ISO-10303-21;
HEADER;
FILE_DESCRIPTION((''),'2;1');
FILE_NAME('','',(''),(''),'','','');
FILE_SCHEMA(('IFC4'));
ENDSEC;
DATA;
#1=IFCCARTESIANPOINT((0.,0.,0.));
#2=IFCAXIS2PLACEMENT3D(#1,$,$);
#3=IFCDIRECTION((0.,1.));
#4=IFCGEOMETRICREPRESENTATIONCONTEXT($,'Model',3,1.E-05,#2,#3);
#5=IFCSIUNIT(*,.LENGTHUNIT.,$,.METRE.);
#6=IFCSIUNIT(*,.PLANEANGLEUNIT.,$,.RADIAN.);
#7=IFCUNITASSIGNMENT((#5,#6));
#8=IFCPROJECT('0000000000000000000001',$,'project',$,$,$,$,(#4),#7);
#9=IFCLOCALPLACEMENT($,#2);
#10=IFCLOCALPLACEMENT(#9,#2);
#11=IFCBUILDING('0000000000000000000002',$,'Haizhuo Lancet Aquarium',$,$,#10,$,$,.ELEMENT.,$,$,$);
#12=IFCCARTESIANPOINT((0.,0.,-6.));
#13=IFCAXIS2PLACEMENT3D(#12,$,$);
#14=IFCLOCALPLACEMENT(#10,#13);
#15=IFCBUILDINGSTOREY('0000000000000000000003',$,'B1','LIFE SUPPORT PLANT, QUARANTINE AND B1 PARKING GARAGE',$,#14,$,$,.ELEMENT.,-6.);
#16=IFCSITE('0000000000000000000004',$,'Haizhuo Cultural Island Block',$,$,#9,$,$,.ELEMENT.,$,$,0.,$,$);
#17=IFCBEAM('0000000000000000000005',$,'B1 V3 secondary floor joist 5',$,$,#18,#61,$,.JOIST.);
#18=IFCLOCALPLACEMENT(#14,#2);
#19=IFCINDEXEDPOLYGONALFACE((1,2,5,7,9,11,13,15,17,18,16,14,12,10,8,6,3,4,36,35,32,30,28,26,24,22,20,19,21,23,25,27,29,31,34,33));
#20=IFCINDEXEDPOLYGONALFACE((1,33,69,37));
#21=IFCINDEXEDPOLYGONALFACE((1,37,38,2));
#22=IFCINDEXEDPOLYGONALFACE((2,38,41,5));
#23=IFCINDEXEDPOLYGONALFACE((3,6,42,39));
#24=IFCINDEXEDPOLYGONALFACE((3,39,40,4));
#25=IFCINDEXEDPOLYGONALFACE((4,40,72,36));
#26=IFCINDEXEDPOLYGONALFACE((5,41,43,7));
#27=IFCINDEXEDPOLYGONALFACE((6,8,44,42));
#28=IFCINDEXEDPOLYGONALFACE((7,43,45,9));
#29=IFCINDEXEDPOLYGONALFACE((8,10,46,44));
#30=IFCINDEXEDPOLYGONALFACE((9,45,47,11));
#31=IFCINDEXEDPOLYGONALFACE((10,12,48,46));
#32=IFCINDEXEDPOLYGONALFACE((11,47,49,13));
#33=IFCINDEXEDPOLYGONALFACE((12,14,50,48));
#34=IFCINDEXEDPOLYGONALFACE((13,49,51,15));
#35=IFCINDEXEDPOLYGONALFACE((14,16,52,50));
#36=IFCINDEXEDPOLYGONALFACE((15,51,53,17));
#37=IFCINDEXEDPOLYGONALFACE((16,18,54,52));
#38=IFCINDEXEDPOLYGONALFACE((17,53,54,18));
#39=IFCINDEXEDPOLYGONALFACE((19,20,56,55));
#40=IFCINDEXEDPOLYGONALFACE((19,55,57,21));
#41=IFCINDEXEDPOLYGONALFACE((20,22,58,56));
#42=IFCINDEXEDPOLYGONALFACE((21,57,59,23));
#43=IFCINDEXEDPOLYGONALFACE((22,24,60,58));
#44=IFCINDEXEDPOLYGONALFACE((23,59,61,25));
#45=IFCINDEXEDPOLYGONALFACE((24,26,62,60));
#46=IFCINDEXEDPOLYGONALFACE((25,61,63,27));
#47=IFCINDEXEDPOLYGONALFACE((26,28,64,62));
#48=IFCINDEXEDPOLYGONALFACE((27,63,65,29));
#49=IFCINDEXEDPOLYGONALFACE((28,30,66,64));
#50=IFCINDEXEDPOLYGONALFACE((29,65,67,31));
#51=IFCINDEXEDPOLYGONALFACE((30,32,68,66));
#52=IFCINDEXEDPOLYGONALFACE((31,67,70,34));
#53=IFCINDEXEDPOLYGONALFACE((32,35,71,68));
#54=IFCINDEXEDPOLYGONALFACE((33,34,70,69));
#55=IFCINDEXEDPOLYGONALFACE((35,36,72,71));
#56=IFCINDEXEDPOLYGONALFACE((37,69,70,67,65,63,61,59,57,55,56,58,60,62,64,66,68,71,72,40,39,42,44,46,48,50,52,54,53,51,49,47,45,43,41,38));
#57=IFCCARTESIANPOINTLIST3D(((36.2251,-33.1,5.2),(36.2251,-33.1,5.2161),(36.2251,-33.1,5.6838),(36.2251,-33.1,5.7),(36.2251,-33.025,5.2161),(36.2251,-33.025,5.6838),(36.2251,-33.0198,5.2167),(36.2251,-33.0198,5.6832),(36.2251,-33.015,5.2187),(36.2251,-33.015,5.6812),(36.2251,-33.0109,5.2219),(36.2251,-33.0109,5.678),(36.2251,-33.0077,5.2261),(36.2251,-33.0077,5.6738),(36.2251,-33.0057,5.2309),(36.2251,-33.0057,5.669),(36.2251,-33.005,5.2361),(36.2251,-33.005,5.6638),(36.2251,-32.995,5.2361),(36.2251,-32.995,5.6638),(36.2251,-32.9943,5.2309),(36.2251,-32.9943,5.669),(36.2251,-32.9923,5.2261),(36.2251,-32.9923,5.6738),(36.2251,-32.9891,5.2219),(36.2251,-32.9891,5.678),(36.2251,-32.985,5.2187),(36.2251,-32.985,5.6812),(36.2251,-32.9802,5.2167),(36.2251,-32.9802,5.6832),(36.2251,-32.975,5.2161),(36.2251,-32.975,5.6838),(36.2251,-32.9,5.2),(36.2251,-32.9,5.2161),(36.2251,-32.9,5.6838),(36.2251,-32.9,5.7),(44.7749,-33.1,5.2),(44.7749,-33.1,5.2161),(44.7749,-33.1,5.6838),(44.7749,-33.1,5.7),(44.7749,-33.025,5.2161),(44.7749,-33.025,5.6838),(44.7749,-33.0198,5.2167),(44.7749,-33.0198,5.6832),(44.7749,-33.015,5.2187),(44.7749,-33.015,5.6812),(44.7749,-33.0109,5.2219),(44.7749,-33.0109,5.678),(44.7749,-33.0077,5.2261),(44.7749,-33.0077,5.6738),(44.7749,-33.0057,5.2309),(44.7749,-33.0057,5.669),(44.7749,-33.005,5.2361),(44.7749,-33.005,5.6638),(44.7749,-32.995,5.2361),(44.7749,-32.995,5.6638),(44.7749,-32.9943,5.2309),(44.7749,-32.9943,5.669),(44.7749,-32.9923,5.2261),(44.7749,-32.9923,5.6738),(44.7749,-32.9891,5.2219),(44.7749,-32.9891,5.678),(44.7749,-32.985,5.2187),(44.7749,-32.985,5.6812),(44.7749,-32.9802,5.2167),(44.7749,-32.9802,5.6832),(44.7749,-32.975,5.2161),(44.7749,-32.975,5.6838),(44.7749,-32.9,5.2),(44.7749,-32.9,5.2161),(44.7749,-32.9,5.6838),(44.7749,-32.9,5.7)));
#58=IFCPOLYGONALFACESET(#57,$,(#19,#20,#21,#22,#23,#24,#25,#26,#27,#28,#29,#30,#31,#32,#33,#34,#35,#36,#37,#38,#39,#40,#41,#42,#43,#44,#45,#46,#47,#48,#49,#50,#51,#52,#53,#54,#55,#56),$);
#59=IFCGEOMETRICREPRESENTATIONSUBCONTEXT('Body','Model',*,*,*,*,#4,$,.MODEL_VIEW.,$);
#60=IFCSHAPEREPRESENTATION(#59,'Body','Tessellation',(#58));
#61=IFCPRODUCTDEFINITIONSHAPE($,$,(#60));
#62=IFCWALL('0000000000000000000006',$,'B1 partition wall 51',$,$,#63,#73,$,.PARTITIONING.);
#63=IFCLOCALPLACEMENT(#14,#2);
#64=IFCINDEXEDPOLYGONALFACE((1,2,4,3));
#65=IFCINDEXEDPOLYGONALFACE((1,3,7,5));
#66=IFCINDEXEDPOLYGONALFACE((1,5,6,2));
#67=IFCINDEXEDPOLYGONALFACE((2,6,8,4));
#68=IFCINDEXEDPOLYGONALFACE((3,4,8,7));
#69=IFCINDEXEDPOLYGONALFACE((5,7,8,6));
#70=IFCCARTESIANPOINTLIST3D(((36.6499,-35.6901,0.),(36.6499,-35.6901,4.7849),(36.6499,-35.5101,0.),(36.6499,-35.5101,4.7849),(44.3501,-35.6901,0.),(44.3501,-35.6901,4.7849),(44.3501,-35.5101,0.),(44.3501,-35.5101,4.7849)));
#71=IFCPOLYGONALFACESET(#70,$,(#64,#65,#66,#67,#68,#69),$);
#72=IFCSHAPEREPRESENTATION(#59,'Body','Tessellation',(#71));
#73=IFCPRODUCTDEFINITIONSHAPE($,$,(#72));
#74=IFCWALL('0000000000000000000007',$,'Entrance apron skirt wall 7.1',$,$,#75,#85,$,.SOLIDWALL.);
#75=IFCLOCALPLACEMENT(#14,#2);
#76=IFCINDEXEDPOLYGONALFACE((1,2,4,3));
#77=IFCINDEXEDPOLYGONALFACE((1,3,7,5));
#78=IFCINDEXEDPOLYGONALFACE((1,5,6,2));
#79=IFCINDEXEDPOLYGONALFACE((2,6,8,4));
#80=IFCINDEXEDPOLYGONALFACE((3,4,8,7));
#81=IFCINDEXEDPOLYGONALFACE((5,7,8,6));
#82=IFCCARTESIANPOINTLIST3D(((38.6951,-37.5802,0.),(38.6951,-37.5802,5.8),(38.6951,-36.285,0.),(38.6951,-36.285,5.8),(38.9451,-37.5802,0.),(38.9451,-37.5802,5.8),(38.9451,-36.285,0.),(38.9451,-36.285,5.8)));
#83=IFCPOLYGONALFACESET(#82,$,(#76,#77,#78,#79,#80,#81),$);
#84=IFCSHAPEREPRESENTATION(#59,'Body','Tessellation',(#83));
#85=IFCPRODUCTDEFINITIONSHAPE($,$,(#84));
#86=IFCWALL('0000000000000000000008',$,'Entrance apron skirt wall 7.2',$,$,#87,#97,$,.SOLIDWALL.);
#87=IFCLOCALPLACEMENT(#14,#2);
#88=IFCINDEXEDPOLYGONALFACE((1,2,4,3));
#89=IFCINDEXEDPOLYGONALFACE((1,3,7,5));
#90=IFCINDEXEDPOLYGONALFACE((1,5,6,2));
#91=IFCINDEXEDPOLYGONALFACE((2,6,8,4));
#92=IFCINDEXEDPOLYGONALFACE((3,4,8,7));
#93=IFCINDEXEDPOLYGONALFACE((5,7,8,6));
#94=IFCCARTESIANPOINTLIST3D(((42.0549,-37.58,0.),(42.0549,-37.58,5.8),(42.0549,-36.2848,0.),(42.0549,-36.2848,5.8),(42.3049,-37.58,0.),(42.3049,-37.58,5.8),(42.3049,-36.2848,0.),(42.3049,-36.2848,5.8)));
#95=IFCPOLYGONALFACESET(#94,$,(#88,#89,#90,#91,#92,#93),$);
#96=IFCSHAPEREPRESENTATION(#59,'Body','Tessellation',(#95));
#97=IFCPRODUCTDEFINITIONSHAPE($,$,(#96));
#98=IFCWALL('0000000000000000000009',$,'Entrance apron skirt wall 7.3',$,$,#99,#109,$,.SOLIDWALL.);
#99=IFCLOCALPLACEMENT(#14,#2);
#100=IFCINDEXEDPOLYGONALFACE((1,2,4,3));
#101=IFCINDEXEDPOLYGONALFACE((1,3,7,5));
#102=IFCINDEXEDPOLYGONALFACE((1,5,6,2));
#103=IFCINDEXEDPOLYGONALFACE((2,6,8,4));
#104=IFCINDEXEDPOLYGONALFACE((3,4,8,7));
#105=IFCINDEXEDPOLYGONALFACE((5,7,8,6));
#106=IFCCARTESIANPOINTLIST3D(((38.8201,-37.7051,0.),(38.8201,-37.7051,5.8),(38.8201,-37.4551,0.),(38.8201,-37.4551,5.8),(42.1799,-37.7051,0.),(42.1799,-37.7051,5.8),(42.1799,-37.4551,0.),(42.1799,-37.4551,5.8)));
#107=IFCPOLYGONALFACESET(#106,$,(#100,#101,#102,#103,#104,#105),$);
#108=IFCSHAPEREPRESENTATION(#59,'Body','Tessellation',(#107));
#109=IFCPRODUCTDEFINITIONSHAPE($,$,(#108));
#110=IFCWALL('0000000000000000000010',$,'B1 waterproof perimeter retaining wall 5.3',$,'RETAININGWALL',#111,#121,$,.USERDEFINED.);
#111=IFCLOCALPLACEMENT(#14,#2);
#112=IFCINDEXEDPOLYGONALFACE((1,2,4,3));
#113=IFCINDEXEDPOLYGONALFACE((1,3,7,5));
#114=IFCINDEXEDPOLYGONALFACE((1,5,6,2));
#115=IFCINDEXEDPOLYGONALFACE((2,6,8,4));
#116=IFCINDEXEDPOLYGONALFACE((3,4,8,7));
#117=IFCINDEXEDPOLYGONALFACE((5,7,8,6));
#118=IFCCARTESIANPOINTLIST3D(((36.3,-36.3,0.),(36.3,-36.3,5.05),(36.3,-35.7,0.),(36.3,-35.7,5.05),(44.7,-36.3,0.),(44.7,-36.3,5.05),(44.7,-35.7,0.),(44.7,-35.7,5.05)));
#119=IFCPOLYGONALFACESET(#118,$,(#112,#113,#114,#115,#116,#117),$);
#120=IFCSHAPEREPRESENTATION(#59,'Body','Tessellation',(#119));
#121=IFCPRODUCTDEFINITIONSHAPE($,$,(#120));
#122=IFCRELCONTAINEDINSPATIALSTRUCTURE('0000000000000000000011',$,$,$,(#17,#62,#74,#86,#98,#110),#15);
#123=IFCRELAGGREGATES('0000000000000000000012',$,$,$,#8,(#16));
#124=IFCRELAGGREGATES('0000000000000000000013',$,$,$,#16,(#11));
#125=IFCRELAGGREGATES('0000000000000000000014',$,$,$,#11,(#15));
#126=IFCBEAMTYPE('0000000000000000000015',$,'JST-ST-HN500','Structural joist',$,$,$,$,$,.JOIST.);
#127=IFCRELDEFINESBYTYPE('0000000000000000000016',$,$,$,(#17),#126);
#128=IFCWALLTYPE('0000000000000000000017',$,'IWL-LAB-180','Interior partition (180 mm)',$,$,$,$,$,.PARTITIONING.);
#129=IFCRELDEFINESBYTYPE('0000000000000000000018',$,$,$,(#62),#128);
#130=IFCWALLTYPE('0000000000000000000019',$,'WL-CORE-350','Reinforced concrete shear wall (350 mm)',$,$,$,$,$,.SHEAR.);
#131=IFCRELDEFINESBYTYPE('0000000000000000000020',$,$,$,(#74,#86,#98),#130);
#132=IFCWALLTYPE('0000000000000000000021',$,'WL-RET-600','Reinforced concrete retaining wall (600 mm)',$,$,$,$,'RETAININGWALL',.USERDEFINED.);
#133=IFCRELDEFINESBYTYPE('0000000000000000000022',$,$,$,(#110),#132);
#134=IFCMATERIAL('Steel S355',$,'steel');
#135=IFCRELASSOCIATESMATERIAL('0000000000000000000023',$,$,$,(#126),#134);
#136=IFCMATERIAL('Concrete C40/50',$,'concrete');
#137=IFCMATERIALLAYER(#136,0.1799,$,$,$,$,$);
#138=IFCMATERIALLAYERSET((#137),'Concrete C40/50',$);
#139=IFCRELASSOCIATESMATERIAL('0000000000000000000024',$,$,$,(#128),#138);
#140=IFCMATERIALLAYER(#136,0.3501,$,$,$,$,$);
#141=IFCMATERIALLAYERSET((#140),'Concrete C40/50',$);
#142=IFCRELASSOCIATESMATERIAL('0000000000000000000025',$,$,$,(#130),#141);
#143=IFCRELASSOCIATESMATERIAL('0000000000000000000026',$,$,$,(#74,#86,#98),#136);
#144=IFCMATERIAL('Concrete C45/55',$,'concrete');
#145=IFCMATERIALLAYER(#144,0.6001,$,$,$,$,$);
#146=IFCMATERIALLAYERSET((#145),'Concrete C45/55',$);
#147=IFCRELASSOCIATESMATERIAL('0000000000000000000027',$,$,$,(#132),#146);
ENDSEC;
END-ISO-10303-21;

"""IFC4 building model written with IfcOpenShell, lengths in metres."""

from ifc_helpers import new_model, si_unit, direction, frame, frame_2d, origin, origin_2d, place, context, subcontext, project, spatial, rectangle, i_section, extrude, material, layer, layer_set, material_profile, profile_set, type_object, element, save


model = new_model("IFC4")

# Units and contexts
model_context = context("Model", 3, precision=1e-05, world=origin(), true_north=direction((0.0, 1.0)))
body_context = subcontext(model_context, "Body", "Model", "MODEL_VIEW")
ifc_project = project(units=[si_unit("LENGTHUNIT", "METRE"), si_unit("PLANEANGLEUNIT", "RADIAN")], contexts=[model_context])

# Site, building, storey
site_placement = place(None, origin())
site = spatial("IfcSite", under=ifc_project, at=site_placement, Name="Haizhuo Cultural Island Block", CompositionType="ELEMENT", RefElevation=0.0)
building_placement = place(site_placement, origin())
building = spatial("IfcBuilding", under=site, at=building_placement, Name="Haizhuo Lancet Aquarium", CompositionType="ELEMENT")
storey_placement = place(building_placement, frame((0.0, 0.0, -6.0)))
storey = spatial("IfcBuildingStorey", under=building, at=storey_placement, Name="B1", Description="LIFE SUPPORT PLANT, QUARANTINE AND B1 PARKING GARAGE", CompositionType="ELEMENT", Elevation=-6.0)

# Shared definitions
ifc_material_1 = material(Name="Concrete C40/50", Category="concrete")

# Beam
ifc_material_2 = material(Name="Steel S355", Category="steel")
ifc_material_profile_1 = material_profile(ifc_material_2, i_section(OverallWidth=0.2, OverallDepth=0.5, WebThickness=0.01, FlangeThickness=0.0161, FilletRadius=0.02, at=origin_2d()), Name="HN 500x200x10x16")
ifc_profile_set_1 = profile_set([ifc_material_profile_1], Name="Steel S355")
beam_type_1 = type_object("IfcBeamType", Name="JST-ST-HN500", Description="Structural joist", PredefinedType="JOIST", material=ifc_profile_set_1)
beam_1_placement = place(storey_placement, frame((36.2251, -33.0, 5.45), z_axis=(1.0, 0.0, 0.0), x_axis=(0.0, 1.0, 0.0)))
element("IfcBeam", 1, at=beam_1_placement, inside=storey, type_object=beam_type_1, Name="B1 V3 secondary floor joist 5", PredefinedType="JOIST", context=body_context, shape_type="SweptSolid", body=[
    extrude(i_section(OverallWidth=0.2, OverallDepth=0.5, WebThickness=0.01, FlangeThickness=0.0161, FilletRadius=0.02, at=origin_2d()), origin(), (0.0, 0.0, 1.0), 8.5498),
])

# Walls
ifc_layer_1 = layer(ifc_material_1, 0.1799)
ifc_layer_set_1 = layer_set([ifc_layer_1], Name="Concrete C40/50")
wall_type_1 = type_object("IfcWallType", Name="IWL-LAB-180", Description="Interior partition (180 mm)", PredefinedType="PARTITIONING", material=ifc_layer_set_1)
wall_1_placement = place(storey_placement, frame((36.6499, -35.6001, 0.0), z_axis=(0.0, 0.0, 1.0), x_axis=(1.0, 0.0, 0.0)))
element("IfcWall", 2, at=wall_1_placement, inside=storey, type_object=wall_type_1, Name="B1 partition wall 51", PredefinedType="PARTITIONING", context=body_context, shape_type="SweptSolid", body=[
    extrude(rectangle(XDim=7.7002, YDim=0.1799, at=frame_2d((3.8501, 0.0))), origin(), (0.0, 0.0, 1.0), 4.7849),
])
ifc_layer_2 = layer(ifc_material_1, 0.3501)
ifc_layer_set_2 = layer_set([ifc_layer_2], Name="Concrete C40/50")
wall_type_2 = type_object("IfcWallType", Name="WL-CORE-350", Description="Reinforced concrete shear wall (350 mm)", PredefinedType="SHEAR", material=ifc_layer_set_2)
for number, where, z_axis, x_axis, name in (
    (3, (38.8201, -37.5801, 0.0), (0.0, 0.0, 1.0), (0.0, 1.0, 0.0), "Entrance apron skirt wall 7.1"),
    (4, (42.1799, -36.2849, 0.0), (0.0, 0.0, 1.0), (0.0, -1.0, 0.0), "Entrance apron skirt wall 7.2"),
):
    element("IfcWall", number, at=place(storey_placement, frame(where, z_axis=z_axis, x_axis=x_axis)), inside=storey, type_object=wall_type_2, material=ifc_material_1, Name=name, PredefinedType="SOLIDWALL", context=body_context, shape_type="SweptSolid", body=[
        extrude(rectangle(XDim=1.2952, YDim=0.25, at=frame_2d((0.6475, 0.0))), origin(), (0.0, 0.0, 1.0), 5.8),
    ])
wall_2_placement = place(storey_placement, frame((42.1799, -37.5801, 0.0), z_axis=(0.0, 0.0, 1.0), x_axis=(-1.0, 0.0, 0.0)))
element("IfcWall", 5, at=wall_2_placement, inside=storey, type_object=wall_type_2, material=ifc_material_1, Name="Entrance apron skirt wall 7.3", PredefinedType="SOLIDWALL", context=body_context, shape_type="SweptSolid", body=[
    extrude(rectangle(XDim=3.3599, YDim=0.25, at=frame_2d((1.6799, 0.0))), origin(), (0.0, 0.0, 1.0), 5.8),
])
ifc_material_3 = material(Name="Concrete C45/55", Category="concrete")
ifc_layer_3 = layer(ifc_material_3, 0.6001)
ifc_layer_set_3 = layer_set([ifc_layer_3], Name="Concrete C45/55")
wall_type_3 = type_object("IfcWallType", Name="WL-RET-600", Description="Reinforced concrete retaining wall (600 mm)", ElementType="RETAININGWALL", PredefinedType="USERDEFINED", material=ifc_layer_set_3)
wall_3_placement = place(storey_placement, frame((36.3, -36.0, 0.0), z_axis=(0.0, 0.0, 1.0), x_axis=(1.0, 0.0, 0.0)))
element("IfcWall", 6, at=wall_3_placement, inside=storey, type_object=wall_type_3, Name="B1 waterproof perimeter retaining wall 5.3", ObjectType="RETAININGWALL", PredefinedType="USERDEFINED", context=body_context, shape_type="SweptSolid", body=[
    extrude(rectangle(XDim=8.3999, YDim=0.6001, at=frame_2d((4.2, 0.0))), origin(), (0.0, 0.0, 1.0), 5.05),
])

save(model, "model.ifc")
